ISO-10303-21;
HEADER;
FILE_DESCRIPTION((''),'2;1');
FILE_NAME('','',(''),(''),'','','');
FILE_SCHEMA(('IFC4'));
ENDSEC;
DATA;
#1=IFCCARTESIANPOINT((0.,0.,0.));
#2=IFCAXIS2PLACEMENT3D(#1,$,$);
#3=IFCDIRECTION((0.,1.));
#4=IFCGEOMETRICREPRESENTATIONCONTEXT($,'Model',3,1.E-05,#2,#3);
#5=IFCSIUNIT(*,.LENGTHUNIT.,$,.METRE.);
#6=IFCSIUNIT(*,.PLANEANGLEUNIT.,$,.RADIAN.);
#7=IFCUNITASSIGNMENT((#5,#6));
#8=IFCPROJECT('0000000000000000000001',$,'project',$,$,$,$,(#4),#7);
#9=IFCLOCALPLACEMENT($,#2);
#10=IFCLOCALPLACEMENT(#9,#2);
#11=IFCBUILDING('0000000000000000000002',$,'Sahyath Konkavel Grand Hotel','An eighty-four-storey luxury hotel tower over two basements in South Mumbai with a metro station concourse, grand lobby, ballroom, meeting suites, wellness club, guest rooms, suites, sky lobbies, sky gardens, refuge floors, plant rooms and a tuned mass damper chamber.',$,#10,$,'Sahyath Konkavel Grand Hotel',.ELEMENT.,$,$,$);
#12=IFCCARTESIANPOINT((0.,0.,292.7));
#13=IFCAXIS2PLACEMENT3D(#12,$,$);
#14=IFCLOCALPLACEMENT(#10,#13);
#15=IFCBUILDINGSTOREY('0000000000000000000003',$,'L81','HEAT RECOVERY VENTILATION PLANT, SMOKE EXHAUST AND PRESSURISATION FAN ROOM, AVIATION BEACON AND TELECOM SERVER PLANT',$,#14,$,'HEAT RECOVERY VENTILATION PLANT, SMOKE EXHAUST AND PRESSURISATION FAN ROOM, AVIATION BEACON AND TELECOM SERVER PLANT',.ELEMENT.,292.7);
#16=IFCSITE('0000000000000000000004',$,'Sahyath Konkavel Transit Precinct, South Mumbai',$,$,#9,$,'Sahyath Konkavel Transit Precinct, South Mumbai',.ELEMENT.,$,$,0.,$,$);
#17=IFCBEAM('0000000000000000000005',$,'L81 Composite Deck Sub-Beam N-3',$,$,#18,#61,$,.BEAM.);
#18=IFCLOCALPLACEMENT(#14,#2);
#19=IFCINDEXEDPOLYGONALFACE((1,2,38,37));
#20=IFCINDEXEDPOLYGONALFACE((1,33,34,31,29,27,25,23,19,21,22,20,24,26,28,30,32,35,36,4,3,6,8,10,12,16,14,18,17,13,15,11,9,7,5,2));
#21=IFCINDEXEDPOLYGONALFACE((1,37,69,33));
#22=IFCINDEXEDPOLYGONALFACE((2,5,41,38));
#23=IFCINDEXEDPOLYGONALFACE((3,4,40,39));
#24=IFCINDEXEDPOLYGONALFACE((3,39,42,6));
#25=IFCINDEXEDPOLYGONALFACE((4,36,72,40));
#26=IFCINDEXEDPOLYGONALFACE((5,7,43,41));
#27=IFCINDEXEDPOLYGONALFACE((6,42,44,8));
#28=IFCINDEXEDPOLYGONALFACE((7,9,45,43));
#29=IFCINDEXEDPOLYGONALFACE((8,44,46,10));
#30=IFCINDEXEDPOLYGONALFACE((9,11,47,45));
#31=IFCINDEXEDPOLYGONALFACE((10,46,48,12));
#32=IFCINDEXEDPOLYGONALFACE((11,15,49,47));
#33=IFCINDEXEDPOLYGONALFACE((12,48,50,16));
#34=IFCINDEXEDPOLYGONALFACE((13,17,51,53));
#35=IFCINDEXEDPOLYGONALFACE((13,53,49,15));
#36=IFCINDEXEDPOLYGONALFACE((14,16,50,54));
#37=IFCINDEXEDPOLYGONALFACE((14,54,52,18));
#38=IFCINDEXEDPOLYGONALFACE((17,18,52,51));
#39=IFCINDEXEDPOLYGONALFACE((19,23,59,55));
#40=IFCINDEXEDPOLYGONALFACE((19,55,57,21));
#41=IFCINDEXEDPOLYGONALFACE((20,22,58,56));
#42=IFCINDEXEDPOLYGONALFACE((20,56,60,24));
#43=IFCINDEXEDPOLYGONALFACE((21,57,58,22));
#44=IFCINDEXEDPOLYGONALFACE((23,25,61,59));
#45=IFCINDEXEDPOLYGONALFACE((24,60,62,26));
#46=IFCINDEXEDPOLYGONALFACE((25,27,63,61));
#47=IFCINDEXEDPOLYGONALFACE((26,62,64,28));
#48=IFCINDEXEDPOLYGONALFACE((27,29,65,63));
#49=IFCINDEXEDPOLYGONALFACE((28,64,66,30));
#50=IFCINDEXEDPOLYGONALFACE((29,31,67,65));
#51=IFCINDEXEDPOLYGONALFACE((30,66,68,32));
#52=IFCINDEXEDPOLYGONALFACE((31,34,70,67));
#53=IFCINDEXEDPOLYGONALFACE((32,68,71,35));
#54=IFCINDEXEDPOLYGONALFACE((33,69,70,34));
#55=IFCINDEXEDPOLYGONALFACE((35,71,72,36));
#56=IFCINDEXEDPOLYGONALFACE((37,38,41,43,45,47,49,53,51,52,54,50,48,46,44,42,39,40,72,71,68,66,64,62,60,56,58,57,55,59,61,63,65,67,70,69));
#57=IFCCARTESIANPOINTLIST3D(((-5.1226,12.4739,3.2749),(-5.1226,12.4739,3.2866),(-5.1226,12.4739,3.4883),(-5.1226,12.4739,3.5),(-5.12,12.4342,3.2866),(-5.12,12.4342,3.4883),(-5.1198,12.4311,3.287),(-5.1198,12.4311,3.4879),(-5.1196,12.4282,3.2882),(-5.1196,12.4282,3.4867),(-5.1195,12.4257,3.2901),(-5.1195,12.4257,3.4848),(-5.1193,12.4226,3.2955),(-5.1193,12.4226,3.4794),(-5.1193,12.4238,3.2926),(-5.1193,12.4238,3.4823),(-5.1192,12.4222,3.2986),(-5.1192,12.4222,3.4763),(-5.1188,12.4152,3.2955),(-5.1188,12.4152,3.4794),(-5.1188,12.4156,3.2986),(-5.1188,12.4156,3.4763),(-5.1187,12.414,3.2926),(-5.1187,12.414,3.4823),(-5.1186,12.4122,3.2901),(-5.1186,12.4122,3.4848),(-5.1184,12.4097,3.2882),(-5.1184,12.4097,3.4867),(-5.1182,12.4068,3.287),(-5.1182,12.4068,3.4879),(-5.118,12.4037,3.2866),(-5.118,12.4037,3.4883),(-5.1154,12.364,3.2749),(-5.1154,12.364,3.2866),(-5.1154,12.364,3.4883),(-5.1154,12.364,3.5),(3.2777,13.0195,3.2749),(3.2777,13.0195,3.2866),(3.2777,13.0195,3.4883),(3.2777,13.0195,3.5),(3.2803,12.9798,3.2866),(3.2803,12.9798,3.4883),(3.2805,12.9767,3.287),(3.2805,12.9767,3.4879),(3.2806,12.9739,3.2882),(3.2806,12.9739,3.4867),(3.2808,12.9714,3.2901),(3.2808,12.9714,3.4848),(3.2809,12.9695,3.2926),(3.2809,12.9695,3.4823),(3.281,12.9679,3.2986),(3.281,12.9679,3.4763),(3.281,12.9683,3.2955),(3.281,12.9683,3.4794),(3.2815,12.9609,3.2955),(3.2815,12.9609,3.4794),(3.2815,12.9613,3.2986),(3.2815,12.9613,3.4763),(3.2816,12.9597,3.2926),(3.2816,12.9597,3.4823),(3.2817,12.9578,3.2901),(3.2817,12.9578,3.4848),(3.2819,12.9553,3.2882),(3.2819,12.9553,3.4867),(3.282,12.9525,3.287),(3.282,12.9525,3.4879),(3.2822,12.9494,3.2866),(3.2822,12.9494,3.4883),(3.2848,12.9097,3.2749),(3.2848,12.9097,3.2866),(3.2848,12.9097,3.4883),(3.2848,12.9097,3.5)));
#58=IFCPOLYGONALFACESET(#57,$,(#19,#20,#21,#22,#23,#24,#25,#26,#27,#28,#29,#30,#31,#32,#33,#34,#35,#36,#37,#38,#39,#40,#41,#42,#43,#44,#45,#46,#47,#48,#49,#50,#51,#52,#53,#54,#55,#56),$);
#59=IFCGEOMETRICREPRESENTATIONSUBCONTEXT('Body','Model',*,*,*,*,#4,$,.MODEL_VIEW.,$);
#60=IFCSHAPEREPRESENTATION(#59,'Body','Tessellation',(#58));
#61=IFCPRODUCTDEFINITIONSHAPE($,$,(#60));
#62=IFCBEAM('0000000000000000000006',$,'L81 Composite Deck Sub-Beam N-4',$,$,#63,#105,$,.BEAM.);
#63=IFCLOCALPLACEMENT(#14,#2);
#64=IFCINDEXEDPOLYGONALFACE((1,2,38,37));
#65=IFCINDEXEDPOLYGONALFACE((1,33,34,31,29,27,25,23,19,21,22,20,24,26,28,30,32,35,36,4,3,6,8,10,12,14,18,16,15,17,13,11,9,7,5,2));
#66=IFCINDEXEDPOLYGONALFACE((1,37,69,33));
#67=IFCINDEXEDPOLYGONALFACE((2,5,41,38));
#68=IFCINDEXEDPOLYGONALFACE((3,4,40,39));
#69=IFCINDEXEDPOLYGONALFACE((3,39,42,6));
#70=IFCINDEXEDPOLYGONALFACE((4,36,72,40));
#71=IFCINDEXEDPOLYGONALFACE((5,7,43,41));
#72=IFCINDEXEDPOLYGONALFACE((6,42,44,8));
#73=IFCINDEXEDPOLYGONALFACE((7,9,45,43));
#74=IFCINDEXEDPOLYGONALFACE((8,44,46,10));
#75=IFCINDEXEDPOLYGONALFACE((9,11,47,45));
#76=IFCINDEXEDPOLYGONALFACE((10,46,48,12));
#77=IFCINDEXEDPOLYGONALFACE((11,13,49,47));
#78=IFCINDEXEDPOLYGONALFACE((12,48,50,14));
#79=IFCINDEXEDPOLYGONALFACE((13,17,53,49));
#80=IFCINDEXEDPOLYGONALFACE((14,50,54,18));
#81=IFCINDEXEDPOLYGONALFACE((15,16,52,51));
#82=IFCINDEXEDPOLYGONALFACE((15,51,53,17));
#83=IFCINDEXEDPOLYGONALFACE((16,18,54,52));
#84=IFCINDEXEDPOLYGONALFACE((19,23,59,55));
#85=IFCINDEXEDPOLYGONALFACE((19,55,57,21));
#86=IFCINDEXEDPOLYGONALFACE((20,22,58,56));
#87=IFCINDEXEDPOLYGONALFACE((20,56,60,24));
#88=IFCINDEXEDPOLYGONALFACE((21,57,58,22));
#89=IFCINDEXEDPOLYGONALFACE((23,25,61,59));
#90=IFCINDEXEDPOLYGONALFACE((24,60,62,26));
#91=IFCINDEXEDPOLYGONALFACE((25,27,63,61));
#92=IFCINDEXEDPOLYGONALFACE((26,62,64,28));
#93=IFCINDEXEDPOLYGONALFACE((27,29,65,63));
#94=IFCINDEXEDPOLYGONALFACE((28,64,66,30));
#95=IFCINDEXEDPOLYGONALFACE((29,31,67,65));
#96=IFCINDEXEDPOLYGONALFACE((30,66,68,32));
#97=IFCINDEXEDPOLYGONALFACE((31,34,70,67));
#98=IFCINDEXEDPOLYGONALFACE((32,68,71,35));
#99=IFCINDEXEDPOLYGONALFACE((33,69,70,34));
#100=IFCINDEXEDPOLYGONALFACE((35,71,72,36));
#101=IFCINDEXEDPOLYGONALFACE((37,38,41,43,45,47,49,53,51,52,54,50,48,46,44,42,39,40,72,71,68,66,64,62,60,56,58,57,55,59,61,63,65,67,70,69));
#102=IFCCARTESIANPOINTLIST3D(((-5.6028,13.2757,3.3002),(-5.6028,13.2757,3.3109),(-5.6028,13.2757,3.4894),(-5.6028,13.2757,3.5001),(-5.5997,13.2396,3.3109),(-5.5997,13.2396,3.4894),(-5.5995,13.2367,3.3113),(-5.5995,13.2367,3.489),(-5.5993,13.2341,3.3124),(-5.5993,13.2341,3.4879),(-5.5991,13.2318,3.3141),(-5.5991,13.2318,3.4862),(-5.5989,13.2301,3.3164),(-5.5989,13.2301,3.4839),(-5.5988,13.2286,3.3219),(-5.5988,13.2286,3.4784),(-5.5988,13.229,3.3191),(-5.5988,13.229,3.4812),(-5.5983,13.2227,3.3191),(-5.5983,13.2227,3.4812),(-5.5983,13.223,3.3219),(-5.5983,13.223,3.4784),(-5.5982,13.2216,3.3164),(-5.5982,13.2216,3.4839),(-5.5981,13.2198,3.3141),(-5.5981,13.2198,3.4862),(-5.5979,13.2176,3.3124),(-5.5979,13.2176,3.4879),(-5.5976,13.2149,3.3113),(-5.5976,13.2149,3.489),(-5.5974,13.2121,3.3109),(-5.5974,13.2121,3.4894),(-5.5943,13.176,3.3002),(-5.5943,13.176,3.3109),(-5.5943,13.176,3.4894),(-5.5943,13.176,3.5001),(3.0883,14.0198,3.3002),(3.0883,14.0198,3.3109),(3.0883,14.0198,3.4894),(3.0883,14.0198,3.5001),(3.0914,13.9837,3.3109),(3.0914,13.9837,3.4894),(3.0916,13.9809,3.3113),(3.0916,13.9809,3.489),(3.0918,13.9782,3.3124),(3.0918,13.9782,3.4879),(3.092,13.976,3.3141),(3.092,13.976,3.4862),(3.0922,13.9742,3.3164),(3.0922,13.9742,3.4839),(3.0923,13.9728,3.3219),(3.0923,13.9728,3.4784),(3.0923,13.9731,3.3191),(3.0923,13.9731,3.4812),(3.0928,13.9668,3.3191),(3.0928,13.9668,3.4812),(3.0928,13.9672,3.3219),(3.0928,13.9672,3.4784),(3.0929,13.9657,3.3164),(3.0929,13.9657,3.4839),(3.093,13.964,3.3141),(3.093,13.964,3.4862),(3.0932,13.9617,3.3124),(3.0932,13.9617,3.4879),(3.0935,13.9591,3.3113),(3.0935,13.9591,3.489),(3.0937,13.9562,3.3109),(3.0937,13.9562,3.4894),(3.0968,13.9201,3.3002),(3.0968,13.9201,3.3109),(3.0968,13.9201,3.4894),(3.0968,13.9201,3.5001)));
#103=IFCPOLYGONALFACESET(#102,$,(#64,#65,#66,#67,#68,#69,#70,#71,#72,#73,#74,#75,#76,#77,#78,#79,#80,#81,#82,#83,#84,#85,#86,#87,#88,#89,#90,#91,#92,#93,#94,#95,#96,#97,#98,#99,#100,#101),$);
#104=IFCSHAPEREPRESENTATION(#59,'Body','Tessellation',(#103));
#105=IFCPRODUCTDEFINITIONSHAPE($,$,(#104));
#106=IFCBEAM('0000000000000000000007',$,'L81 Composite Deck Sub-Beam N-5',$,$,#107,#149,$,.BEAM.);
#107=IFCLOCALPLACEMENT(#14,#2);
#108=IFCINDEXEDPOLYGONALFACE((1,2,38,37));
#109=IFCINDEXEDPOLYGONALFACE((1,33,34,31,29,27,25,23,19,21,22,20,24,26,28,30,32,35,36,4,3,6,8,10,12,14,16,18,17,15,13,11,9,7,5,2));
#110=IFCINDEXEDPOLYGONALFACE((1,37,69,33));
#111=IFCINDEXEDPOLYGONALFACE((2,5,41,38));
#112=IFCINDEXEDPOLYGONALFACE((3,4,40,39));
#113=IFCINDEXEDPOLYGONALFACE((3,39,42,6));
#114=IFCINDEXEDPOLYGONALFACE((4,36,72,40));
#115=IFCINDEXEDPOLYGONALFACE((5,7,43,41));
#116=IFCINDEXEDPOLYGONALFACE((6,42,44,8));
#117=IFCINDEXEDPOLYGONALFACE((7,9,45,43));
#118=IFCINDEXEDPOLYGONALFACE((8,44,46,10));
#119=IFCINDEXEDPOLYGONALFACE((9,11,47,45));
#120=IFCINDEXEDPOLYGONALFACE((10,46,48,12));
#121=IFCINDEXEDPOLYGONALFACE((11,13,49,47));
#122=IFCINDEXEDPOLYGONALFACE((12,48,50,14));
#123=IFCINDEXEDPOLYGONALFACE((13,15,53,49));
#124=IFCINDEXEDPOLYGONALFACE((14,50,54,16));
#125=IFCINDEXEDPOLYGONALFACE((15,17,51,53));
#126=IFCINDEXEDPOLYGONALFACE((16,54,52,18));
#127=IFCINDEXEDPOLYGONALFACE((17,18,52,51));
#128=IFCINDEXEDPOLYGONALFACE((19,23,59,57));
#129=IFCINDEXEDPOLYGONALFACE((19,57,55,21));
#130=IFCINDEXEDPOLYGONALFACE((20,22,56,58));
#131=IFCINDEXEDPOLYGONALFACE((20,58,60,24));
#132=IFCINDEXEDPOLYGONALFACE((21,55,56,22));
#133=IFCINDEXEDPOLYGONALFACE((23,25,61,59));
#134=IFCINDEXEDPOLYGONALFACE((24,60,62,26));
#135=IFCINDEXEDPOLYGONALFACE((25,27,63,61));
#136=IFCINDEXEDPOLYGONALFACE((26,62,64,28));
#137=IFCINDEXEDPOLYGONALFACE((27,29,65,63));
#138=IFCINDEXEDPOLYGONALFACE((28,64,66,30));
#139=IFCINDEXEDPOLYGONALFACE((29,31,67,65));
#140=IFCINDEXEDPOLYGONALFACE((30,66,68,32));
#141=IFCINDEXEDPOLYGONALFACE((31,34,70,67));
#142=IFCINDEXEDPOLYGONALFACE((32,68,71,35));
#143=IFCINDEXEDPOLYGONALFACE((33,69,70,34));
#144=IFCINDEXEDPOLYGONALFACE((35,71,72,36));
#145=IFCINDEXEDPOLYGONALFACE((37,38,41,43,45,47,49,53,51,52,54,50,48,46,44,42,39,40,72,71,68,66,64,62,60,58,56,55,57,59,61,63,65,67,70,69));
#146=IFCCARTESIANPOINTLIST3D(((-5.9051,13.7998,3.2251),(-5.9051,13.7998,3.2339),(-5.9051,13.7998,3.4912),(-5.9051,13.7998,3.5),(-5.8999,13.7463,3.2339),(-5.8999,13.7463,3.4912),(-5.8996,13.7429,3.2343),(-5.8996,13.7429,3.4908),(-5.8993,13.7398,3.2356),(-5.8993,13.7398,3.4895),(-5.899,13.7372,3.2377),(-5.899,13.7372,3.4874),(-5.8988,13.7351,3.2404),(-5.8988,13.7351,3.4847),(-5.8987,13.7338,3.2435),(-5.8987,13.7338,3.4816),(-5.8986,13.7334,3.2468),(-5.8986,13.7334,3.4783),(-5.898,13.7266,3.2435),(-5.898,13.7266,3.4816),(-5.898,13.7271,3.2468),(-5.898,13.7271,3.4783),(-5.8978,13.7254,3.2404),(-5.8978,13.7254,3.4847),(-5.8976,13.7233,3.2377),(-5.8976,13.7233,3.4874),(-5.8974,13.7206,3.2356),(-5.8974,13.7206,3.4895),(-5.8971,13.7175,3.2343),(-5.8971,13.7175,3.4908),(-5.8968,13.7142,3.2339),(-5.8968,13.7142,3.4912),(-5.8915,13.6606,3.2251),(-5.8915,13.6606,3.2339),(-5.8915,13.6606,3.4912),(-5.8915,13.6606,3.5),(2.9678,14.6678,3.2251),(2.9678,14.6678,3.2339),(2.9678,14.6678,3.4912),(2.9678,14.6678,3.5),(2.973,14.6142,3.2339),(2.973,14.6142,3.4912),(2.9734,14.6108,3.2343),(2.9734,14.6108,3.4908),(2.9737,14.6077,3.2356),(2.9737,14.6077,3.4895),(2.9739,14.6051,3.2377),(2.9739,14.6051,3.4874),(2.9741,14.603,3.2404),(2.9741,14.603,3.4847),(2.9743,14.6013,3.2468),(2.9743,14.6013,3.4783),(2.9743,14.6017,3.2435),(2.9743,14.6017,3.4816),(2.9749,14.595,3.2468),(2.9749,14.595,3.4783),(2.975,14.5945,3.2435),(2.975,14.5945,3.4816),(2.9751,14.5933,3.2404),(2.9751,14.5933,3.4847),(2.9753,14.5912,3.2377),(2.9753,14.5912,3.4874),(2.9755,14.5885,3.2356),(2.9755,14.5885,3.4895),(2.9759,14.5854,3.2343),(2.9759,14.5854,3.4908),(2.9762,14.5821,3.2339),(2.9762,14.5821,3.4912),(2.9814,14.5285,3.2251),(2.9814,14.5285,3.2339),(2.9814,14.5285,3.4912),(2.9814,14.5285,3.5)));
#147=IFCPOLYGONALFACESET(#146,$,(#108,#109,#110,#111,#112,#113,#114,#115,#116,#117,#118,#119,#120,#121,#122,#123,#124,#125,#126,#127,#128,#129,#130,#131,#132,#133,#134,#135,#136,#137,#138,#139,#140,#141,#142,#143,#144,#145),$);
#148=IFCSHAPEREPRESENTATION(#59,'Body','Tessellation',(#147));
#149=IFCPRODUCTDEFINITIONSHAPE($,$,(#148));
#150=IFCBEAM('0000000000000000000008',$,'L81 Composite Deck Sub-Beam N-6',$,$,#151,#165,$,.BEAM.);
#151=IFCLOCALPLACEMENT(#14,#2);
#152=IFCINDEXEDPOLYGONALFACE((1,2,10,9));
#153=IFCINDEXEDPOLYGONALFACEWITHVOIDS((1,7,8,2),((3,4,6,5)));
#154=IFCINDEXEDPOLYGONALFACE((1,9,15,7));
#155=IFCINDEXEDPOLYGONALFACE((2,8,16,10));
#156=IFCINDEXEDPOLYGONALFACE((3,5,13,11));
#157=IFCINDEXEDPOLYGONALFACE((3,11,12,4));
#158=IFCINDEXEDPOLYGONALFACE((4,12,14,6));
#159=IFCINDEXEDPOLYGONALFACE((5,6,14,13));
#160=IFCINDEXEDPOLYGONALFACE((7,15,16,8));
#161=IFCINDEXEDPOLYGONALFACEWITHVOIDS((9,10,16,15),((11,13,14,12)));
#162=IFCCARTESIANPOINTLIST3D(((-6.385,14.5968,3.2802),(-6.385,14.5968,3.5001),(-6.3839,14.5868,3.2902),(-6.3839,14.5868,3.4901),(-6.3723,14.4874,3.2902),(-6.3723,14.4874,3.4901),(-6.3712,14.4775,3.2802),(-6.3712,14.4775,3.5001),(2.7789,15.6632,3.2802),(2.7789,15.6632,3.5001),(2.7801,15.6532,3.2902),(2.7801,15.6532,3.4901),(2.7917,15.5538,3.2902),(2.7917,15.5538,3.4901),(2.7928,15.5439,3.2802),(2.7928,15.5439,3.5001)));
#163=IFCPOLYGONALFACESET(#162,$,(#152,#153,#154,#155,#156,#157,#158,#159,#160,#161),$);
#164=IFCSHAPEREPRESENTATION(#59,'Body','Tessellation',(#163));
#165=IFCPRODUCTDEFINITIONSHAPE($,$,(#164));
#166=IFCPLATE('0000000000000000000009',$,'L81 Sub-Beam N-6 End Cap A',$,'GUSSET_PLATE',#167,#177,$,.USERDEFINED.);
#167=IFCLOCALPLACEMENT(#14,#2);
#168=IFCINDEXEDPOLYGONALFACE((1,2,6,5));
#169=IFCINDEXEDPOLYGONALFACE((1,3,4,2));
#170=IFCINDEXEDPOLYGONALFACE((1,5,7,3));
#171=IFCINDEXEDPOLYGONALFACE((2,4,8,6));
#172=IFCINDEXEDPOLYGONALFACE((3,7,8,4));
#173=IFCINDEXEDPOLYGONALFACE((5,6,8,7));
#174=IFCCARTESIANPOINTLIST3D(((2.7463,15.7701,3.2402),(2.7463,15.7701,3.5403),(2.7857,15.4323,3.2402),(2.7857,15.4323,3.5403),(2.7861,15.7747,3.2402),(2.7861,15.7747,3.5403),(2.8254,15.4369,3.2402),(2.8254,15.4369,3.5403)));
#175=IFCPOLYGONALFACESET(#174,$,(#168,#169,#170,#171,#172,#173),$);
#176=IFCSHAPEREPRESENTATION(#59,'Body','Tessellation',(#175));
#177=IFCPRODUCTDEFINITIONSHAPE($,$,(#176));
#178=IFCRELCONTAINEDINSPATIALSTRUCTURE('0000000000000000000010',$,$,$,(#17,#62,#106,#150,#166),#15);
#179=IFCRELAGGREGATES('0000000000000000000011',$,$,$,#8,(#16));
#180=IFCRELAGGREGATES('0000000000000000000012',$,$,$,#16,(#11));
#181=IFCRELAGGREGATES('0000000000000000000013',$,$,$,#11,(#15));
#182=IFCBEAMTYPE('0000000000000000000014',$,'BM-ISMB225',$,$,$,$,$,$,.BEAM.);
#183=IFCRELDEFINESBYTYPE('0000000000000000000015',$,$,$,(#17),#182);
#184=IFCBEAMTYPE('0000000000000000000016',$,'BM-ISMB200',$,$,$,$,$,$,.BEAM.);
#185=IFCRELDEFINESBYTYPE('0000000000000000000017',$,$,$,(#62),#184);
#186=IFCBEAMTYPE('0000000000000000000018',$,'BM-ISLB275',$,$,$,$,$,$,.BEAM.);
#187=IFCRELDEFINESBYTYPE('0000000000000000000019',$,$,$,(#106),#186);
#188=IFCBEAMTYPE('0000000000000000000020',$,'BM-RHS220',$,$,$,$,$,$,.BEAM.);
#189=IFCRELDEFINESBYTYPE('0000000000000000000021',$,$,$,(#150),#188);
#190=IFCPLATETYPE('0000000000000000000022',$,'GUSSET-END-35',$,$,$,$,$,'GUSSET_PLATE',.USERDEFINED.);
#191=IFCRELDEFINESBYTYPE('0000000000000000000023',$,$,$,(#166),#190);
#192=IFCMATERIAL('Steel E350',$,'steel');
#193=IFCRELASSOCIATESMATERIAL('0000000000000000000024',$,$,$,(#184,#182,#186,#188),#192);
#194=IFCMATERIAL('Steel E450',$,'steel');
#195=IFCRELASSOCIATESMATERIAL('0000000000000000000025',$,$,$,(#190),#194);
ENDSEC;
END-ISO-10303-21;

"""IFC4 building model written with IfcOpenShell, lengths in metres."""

from ifc_helpers import new_model, si_unit, direction, frame, origin, origin_2d, place, context, subcontext, project, spatial, rectangle, hollow_rectangle, i_section, extrude, source, transform, mapped, material, material_profile, profile_set, type_object, element, save


model = new_model("IFC4")

# Units and contexts
model_context = context("Model", 3, precision=1e-05, world=origin(), true_north=direction((0.0, 1.0)))
body_context = subcontext(model_context, "Body", "Model", "MODEL_VIEW")
ifc_project = project(units=[si_unit("LENGTHUNIT", "METRE"), si_unit("PLANEANGLEUNIT", "RADIAN")], contexts=[model_context])

# Site, building, storey
site_placement = place(None, origin())
site = spatial("IfcSite", under=ifc_project, at=site_placement, Name="Sahyath Konkavel Transit Precinct, South Mumbai", LongName="Sahyath Konkavel Transit Precinct, South Mumbai", CompositionType="ELEMENT", RefElevation=0.0)
building_placement = place(site_placement, origin())
building = spatial("IfcBuilding", under=site, at=building_placement, Name="Sahyath Konkavel Grand Hotel", Description="An eighty-four-storey luxury hotel tower over two basements in South Mumbai with a metro station concourse, grand lobby, ballroom, meeting suites, wellness club, guest rooms, suites, sky lobbies, sky gardens, refuge floors, plant rooms and a tuned mass damper chamber.", LongName="Sahyath Konkavel Grand Hotel", CompositionType="ELEMENT")
storey_placement = place(building_placement, frame((0.0, 0.0, 292.7)))
storey = spatial("IfcBuildingStorey", under=building, at=storey_placement, Name="L81", Description="HEAT RECOVERY VENTILATION PLANT, SMOKE EXHAUST AND PRESSURISATION FAN ROOM, AVIATION BEACON AND TELECOM SERVER PLANT", LongName="HEAT RECOVERY VENTILATION PLANT, SMOKE EXHAUST AND PRESSURISATION FAN ROOM, AVIATION BEACON AND TELECOM SERVER PLANT", CompositionType="ELEMENT", Elevation=292.7)

# Beams
ifc_material_1 = material(Name="Steel E350", Category="steel")
ifc_material_profile_1 = material_profile(ifc_material_1, i_section(OverallWidth=0.1001, OverallDepth=0.2, WebThickness=0.0056, FlangeThickness=0.0107, FilletRadius=0.011, at=origin_2d()), Name="ISMB 200")
ifc_profile_set_1 = profile_set([ifc_material_profile_1], Name="Steel E350")
beam_type_1 = type_object("IfcBeamType", Name="BM-ISMB200", PredefinedType="BEAM", material=ifc_profile_set_1)
ifc_material_profile_2 = material_profile(ifc_material_1, i_section(OverallWidth=0.1101, OverallDepth=0.2251, WebThickness=0.0066, FlangeThickness=0.0117, FilletRadius=0.012, at=origin_2d()), Name="ISMB 225")
ifc_profile_set_2 = profile_set([ifc_material_profile_2], Name="Steel E350")
beam_type_2 = type_object("IfcBeamType", Name="BM-ISMB225", PredefinedType="BEAM", material=ifc_profile_set_2)
shared_shape_1 = source(origin(), body_context, "Body", "SweptSolid", [
    extrude(i_section(OverallWidth=0.1101, OverallDepth=0.2251, WebThickness=0.0066, FlangeThickness=0.0117, FilletRadius=0.012, at=origin_2d()), origin(), (0.0, 0.0, 1.0), 8.418),
])
beam_1_placement = place(storey_placement, frame((3.2812, 12.9646, 3.3875), z_axis=(-0.997897, -0.064821, 0.0), x_axis=(0.064821, -0.997897, 0.0)))
element("IfcBeam", 1, at=beam_1_placement, inside=storey, type_object=beam_type_2, Name="L81 Composite Deck Sub-Beam N-3", PredefinedType="BEAM", context=body_context, shape_type="MappedRepresentation", body=[
    mapped(shared_shape_1, transform((0.0, 0.0, 0.0), scale=1.0)),
])
shared_shape_2 = source(origin(), body_context, "Body", "SweptSolid", [
    extrude(i_section(OverallWidth=0.1001, OverallDepth=0.2, WebThickness=0.0056, FlangeThickness=0.0107, FilletRadius=0.011, at=origin_2d()), origin(), (0.0, 0.0, 1.0), 8.7229),
])
beam_2_placement = place(storey_placement, frame((3.0925, 13.97, 3.4001), z_axis=(-0.996355, -0.085308, 0.0), x_axis=(0.085308, -0.996355, 0.0)))
element("IfcBeam", 2, at=beam_2_placement, inside=storey, type_object=beam_type_1, Name="L81 Composite Deck Sub-Beam N-4", PredefinedType="BEAM", context=body_context, shape_type="MappedRepresentation", body=[
    mapped(shared_shape_2, transform((0.0, 0.0, 0.0), scale=1.0)),
])
ifc_material_profile_3 = material_profile(ifc_material_1, i_section(OverallWidth=0.1399, OverallDepth=0.2749, WebThickness=0.0063, FlangeThickness=0.0088, FilletRadius=0.0129, at=origin_2d()), Name="ISLB 275")
ifc_profile_set_3 = profile_set([ifc_material_profile_3], Name="Steel E350")
beam_type_3 = type_object("IfcBeamType", Name="BM-ISLB275", PredefinedType="BEAM", material=ifc_profile_set_3)
shared_shape_3 = source(origin(), body_context, "Body", "SweptSolid", [
    extrude(i_section(OverallWidth=0.1399, OverallDepth=0.2749, WebThickness=0.0063, FlangeThickness=0.0088, FilletRadius=0.0129, at=origin_2d()), origin(), (0.0, 0.0, 1.0), 8.9153),
])
beam_3_placement = place(storey_placement, frame((2.9746, 14.5981, 3.3625), z_axis=(-0.99525, -0.097351, 0.0), x_axis=(0.097351, -0.99525, 0.0)))
element("IfcBeam", 3, at=beam_3_placement, inside=storey, type_object=beam_type_3, Name="L81 Composite Deck Sub-Beam N-5", PredefinedType="BEAM", context=body_context, shape_type="MappedRepresentation", body=[
    mapped(shared_shape_3, transform((0.0, 0.0, 0.0), scale=1.0)),
])
ifc_material_profile_4 = material_profile(ifc_material_1, hollow_rectangle(XDim=0.1201, YDim=0.22, WallThickness=0.01, at=origin_2d()), Name="RHS 220x120x10")
ifc_profile_set_4 = profile_set([ifc_material_profile_4], Name="Steel E350")
beam_type_4 = type_object("IfcBeamType", Name="BM-RHS220", PredefinedType="BEAM", material=ifc_profile_set_4)
shared_shape_4 = source(origin(), body_context, "Body", "SweptSolid", [
    extrude(hollow_rectangle(XDim=0.1201, YDim=0.22, WallThickness=0.01, at=origin_2d()), origin(), (0.0, 0.0, 1.0), 9.2258),
])
beam_4_placement = place(storey_placement, frame((2.7859, 15.6035, 3.3901), z_axis=(-0.993297, -0.115588, 0.0), x_axis=(0.115588, -0.993297, 0.0)))
element("IfcBeam", 4, at=beam_4_placement, inside=storey, type_object=beam_type_4, Name="L81 Composite Deck Sub-Beam N-6", PredefinedType="BEAM", context=body_context, shape_type="MappedRepresentation", body=[
    mapped(shared_shape_4, transform((0.0, 0.0, 0.0), scale=1.0)),
])

# Plate
ifc_material_2 = material(Name="Steel E450", Category="steel")
plate_type_1 = type_object("IfcPlateType", Name="GUSSET-END-35", ElementType="GUSSET_PLATE", PredefinedType="USERDEFINED", material=ifc_material_2)
shared_shape_5 = source(origin(), body_context, "Body", "SweptSolid", [
    extrude(rectangle(XDim=0.04, YDim=0.3401, at=origin_2d()), origin(), (0.0, 0.0, 1.0), 0.3),
])
plate_placement = place(storey_placement, frame((2.7859, 15.6035, 3.2402), z_axis=(0.0, 0.0, 1.0), x_axis=(-0.993298, -0.115579, 0.0)))
element("IfcPlate", 5, at=plate_placement, inside=storey, type_object=plate_type_1, Name="L81 Sub-Beam N-6 End Cap A", ObjectType="GUSSET_PLATE", PredefinedType="USERDEFINED", context=body_context, shape_type="MappedRepresentation", body=[
    mapped(shared_shape_5, transform((0.0, 0.0, 0.0), scale=1.0)),
])

save(model, "model.ifc")
